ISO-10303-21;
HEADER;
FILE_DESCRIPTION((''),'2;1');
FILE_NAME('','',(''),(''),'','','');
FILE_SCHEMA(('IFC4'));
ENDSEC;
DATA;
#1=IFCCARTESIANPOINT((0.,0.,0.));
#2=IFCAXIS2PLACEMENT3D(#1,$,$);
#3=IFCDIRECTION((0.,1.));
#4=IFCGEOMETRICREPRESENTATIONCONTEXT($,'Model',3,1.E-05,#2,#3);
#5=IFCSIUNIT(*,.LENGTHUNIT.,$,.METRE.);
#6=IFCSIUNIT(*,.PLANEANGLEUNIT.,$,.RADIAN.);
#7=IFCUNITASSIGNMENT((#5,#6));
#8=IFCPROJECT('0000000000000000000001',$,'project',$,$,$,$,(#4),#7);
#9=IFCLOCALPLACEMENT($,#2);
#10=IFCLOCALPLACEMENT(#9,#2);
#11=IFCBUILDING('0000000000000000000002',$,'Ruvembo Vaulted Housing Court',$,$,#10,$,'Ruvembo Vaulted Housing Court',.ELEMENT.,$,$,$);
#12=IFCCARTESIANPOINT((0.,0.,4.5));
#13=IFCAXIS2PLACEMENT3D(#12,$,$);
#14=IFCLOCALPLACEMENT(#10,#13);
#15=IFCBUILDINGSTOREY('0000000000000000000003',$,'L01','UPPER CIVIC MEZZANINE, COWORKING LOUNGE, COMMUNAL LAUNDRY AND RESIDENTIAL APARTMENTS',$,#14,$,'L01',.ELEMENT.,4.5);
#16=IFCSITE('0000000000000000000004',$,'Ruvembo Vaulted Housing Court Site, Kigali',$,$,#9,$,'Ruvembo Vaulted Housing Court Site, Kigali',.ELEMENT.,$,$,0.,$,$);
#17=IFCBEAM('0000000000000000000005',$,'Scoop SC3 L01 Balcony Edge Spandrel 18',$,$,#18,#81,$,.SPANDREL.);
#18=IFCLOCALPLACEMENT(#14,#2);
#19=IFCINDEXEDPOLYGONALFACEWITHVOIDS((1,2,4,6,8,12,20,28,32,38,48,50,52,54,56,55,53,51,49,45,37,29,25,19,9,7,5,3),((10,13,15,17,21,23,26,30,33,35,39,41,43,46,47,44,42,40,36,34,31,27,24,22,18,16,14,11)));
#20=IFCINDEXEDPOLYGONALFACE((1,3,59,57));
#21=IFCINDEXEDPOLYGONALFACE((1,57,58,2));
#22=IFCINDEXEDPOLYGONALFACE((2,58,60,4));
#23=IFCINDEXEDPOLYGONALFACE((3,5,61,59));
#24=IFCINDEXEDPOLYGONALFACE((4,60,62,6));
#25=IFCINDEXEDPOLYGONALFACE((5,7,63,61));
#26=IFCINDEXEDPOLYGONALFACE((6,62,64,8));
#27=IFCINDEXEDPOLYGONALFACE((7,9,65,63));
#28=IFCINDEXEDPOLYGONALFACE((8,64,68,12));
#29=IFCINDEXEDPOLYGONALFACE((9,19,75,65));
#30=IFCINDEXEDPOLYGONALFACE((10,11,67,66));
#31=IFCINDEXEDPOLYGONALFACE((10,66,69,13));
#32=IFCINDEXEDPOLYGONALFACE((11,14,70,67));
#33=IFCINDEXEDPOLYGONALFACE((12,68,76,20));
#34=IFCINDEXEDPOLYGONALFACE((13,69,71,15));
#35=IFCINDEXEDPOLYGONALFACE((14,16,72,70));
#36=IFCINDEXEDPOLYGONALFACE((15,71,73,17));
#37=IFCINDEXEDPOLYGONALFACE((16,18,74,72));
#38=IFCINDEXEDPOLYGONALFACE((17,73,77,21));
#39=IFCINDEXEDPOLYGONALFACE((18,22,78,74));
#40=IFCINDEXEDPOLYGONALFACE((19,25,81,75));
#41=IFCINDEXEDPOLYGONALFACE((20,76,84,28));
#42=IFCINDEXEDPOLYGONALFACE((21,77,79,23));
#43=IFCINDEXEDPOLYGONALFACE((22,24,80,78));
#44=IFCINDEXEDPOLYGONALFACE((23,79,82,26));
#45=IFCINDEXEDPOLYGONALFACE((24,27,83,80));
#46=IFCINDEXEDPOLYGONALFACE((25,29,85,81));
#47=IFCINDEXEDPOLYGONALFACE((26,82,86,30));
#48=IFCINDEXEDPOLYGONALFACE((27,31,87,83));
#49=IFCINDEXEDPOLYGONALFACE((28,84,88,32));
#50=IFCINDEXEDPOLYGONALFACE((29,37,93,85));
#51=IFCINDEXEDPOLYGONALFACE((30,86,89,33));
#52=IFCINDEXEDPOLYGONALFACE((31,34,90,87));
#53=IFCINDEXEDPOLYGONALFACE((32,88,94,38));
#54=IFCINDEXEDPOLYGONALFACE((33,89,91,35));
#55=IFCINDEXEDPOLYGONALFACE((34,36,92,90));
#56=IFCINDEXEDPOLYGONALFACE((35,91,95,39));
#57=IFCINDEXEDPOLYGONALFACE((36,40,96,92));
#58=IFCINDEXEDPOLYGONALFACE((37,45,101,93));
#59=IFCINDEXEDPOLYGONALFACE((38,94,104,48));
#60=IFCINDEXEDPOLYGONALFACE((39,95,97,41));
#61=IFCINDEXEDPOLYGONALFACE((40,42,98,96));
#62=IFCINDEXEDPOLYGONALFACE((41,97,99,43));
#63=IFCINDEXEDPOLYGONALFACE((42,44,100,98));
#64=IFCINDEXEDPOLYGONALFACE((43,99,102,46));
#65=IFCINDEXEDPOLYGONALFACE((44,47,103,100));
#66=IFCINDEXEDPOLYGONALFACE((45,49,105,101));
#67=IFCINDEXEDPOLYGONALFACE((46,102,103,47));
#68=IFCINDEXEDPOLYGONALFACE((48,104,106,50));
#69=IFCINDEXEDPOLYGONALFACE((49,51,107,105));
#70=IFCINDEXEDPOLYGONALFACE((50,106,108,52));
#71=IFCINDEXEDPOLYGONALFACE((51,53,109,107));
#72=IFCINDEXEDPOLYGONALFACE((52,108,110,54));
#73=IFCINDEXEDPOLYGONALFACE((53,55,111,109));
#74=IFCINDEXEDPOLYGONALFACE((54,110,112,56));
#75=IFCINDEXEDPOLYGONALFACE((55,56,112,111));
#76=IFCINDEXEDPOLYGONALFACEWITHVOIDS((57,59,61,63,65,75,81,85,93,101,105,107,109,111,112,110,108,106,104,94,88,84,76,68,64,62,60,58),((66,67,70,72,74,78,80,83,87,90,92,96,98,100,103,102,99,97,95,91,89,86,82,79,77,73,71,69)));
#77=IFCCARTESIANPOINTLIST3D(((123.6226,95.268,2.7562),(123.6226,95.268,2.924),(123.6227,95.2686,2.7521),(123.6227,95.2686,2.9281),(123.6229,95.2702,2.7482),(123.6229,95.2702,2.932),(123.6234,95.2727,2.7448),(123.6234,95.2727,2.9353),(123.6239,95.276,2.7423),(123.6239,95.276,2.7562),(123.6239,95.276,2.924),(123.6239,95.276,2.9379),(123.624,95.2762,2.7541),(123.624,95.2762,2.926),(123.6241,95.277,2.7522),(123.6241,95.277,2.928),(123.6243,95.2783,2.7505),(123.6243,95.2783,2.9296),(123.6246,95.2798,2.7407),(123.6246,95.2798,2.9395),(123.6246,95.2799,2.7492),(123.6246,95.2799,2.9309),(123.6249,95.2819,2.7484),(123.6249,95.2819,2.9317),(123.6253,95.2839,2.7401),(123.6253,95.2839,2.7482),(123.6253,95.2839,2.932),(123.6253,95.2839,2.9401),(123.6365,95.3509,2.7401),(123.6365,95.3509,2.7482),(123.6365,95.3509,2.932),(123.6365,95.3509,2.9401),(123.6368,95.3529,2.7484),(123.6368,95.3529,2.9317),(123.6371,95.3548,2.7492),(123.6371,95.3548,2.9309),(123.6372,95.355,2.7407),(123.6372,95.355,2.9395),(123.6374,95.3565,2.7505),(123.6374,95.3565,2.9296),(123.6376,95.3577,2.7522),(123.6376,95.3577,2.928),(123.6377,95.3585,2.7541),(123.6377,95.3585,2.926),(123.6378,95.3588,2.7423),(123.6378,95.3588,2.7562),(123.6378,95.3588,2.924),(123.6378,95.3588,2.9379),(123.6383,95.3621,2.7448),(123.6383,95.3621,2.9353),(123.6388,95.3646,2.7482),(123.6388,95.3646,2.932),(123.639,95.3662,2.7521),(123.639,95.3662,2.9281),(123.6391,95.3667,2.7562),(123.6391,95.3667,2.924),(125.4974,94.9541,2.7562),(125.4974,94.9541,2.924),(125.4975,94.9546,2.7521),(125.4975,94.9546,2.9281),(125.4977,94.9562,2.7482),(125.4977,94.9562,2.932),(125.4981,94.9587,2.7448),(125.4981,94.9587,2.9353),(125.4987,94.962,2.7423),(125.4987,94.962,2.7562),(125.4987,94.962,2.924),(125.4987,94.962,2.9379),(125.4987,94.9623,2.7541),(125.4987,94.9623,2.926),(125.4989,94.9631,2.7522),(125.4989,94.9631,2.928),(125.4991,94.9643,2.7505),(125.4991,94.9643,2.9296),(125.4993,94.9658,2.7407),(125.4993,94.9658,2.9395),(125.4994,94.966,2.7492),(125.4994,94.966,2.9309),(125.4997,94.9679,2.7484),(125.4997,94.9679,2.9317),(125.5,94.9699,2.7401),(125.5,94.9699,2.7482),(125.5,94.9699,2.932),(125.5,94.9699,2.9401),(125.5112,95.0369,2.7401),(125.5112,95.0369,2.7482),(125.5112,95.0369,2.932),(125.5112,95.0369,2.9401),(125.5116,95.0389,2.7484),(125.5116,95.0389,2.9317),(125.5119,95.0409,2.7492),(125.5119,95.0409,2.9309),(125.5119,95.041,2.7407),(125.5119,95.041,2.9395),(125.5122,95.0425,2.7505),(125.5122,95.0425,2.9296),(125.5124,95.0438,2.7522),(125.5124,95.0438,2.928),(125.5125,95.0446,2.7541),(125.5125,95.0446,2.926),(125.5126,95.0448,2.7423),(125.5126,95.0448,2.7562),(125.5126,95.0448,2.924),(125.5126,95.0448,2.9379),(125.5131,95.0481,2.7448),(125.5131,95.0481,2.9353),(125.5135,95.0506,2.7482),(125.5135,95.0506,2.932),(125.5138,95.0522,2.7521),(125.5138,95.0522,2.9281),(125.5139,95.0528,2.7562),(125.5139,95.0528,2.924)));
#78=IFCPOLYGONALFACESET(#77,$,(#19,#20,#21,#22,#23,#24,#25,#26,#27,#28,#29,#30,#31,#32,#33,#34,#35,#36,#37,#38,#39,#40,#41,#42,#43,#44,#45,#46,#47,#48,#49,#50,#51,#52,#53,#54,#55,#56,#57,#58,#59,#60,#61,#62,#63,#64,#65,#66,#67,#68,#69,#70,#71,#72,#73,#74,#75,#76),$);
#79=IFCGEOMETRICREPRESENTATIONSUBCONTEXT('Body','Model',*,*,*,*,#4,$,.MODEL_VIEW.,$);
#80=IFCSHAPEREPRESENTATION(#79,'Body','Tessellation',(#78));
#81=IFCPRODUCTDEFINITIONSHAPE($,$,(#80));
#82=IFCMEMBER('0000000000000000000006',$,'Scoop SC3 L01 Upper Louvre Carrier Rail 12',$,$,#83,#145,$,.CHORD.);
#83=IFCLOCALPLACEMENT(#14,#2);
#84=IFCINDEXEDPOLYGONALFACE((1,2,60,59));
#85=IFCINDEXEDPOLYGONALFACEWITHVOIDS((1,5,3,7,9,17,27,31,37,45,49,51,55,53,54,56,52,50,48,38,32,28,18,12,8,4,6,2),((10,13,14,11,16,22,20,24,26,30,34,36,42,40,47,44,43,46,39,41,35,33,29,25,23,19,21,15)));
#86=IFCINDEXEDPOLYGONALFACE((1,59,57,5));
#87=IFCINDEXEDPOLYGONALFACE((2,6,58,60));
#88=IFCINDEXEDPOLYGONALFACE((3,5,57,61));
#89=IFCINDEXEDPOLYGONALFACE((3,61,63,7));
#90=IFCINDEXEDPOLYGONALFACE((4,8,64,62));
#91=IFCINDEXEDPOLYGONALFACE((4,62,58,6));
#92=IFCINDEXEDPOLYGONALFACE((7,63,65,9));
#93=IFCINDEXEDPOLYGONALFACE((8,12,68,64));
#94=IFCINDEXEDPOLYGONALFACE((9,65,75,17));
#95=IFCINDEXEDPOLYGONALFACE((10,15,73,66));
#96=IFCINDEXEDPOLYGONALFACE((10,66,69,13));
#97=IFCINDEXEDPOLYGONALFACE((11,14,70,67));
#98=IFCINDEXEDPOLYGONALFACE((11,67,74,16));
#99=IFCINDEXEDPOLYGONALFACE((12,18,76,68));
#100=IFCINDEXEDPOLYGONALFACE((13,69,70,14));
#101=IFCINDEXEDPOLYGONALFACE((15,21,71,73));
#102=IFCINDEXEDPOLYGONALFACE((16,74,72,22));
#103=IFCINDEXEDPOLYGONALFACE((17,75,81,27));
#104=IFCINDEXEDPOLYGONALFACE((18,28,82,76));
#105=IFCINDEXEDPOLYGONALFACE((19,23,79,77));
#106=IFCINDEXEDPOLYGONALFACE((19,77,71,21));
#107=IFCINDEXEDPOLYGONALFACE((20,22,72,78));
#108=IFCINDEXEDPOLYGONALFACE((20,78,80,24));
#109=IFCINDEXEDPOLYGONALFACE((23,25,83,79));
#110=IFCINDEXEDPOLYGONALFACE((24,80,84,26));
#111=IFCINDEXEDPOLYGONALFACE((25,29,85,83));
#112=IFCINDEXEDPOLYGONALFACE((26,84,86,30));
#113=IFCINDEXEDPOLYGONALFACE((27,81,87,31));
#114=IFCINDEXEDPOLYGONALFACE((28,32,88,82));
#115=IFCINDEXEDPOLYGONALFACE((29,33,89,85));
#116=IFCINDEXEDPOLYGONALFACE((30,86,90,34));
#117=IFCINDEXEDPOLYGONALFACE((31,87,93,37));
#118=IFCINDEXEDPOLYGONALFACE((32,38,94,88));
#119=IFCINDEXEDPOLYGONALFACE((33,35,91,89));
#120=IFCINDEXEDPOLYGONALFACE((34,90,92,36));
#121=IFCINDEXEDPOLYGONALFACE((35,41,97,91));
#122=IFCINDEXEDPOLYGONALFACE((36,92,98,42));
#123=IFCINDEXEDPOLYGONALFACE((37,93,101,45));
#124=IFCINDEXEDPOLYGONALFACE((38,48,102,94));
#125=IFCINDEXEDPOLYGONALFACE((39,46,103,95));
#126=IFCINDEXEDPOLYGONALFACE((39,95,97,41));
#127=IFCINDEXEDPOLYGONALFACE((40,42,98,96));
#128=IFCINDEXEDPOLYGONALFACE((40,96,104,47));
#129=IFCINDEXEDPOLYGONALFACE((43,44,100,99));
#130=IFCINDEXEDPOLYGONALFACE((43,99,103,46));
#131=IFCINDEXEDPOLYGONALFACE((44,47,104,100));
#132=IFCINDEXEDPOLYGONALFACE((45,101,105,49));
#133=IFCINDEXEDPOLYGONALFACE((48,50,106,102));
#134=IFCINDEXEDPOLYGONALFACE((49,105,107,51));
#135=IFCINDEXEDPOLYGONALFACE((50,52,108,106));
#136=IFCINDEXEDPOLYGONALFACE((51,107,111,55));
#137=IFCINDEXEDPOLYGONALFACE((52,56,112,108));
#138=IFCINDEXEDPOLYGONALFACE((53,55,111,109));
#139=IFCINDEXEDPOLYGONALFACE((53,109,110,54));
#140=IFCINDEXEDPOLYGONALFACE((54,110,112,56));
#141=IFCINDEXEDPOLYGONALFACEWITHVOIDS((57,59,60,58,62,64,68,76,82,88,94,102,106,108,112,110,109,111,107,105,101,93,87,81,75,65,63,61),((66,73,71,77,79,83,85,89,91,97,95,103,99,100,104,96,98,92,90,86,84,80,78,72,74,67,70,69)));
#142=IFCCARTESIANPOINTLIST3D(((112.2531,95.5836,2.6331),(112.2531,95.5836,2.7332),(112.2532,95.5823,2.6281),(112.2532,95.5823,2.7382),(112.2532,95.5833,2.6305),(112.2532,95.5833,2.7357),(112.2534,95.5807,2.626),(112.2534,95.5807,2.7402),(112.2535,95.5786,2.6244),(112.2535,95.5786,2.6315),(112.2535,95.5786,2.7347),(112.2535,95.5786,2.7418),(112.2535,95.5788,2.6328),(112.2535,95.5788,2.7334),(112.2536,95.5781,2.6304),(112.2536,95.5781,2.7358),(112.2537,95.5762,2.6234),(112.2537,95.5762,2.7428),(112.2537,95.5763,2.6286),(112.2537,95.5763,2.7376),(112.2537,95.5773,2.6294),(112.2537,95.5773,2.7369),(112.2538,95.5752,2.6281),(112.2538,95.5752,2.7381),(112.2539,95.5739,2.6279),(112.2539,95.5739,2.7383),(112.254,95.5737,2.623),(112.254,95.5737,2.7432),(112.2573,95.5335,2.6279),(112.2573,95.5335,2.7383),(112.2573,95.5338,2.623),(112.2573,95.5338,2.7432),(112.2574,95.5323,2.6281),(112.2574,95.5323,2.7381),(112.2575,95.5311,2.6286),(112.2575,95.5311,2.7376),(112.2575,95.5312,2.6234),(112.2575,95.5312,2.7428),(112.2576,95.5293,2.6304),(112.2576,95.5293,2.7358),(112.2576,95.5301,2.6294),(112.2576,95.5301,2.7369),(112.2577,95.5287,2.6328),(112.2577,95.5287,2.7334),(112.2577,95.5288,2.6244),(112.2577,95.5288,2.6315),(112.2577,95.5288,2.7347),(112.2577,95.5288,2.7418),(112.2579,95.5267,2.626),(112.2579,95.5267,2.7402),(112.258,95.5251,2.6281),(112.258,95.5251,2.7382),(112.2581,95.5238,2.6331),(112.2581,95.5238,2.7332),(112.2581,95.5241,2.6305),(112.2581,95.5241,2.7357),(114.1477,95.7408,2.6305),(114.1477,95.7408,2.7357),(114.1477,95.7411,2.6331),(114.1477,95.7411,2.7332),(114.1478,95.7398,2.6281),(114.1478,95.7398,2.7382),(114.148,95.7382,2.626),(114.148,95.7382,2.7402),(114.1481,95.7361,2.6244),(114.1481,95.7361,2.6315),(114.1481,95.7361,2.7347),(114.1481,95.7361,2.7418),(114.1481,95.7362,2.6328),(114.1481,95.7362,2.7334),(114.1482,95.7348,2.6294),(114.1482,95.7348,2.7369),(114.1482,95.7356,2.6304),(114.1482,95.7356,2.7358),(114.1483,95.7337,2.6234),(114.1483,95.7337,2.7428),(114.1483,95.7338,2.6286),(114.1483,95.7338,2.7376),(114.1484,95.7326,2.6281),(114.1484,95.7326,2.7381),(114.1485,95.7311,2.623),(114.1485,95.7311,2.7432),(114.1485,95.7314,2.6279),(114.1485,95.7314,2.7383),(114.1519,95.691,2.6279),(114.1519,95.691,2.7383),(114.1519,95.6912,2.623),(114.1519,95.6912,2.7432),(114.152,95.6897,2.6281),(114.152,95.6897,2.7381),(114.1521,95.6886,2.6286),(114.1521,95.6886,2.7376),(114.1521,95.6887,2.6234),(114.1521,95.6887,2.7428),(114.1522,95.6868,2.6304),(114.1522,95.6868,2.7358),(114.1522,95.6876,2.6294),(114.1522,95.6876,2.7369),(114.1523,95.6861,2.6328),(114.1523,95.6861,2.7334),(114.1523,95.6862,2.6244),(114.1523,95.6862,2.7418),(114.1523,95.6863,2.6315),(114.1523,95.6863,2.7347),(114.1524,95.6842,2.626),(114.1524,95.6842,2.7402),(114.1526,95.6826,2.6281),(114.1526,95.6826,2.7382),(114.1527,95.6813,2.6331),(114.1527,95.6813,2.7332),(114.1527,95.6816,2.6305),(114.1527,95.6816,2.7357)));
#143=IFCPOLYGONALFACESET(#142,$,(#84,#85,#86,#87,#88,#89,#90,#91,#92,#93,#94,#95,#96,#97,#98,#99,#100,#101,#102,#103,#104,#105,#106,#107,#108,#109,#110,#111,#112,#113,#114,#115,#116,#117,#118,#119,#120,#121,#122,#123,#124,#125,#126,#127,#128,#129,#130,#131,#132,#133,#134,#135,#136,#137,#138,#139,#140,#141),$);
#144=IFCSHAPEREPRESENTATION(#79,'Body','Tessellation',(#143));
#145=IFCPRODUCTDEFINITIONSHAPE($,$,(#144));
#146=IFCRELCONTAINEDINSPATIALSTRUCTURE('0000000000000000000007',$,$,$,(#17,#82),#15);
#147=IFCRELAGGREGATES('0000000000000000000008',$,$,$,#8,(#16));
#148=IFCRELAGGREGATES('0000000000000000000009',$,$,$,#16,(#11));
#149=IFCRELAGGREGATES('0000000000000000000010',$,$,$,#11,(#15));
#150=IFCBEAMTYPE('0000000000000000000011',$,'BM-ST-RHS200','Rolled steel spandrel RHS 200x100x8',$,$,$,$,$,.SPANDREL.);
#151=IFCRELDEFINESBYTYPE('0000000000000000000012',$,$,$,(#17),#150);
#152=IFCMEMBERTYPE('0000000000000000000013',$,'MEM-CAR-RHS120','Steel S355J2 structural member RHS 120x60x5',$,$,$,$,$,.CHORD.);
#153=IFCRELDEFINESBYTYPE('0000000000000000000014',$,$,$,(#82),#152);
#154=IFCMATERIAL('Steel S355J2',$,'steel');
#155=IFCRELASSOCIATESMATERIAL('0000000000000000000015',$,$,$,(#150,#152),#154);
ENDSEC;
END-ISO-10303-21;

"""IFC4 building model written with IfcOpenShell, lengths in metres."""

from ifc_helpers import new_model, si_unit, direction, frame, origin, origin_2d, place, context, subcontext, project, spatial, hollow_rectangle, extrude, material, material_profile, profile_set, type_object, element, save


model = new_model("IFC4")

# Units and contexts
model_context = context("Model", 3, precision=1e-05, world=origin(), true_north=direction((0.0, 1.0)))
body_context = subcontext(model_context, "Body", "Model", "MODEL_VIEW")
ifc_project = project(units=[si_unit("LENGTHUNIT", "METRE"), si_unit("PLANEANGLEUNIT", "RADIAN")], contexts=[model_context])

# Site, building, storey
site_placement = place(None, origin())
site = spatial("IfcSite", under=ifc_project, at=site_placement, Name="Ruvembo Vaulted Housing Court Site, Kigali", LongName="Ruvembo Vaulted Housing Court Site, Kigali", CompositionType="ELEMENT", RefElevation=0.0)
building_placement = place(site_placement, origin())
building = spatial("IfcBuilding", under=site, at=building_placement, Name="Ruvembo Vaulted Housing Court", LongName="Ruvembo Vaulted Housing Court", CompositionType="ELEMENT")
storey_placement = place(building_placement, frame((0.0, 0.0, 4.5)))
storey = spatial("IfcBuildingStorey", under=building, at=storey_placement, Name="L01", Description="UPPER CIVIC MEZZANINE, COWORKING LOUNGE, COMMUNAL LAUNDRY AND RESIDENTIAL APARTMENTS", LongName="L01", CompositionType="ELEMENT", Elevation=4.5)

# Beam
ifc_material_1 = material(Name="Steel S355J2", Category="steel")
ifc_material_profile_1 = material_profile(ifc_material_1, hollow_rectangle(XDim=0.1001, YDim=0.2, WallThickness=0.0081, InnerFilletRadius=0.0081, OuterFilletRadius=0.0161, at=origin_2d()), Name="RHS 200x100x8")
ifc_profile_set_1 = profile_set([ifc_material_profile_1], Name="Steel S355J2")
beam_type = type_object("IfcBeamType", Name="BM-ST-RHS200", Description="Rolled steel spandrel RHS 200x100x8", PredefinedType="SPANDREL", material=ifc_profile_set_1)
beam_placement = place(storey_placement, frame((123.6309, 95.3174, 2.8401), z_axis=(0.986265, -0.16517, 0.0), x_axis=(0.16517, 0.986265, 0.0)))
element("IfcBeam", 1, at=beam_placement, inside=storey, type_object=beam_type, Name="Scoop SC3 L01 Balcony Edge Spandrel 18", PredefinedType="SPANDREL", context=body_context, shape_type="SweptSolid", body=[
    extrude(hollow_rectangle(XDim=0.1001, YDim=0.2, WallThickness=0.0081, InnerFilletRadius=0.0081, OuterFilletRadius=0.0161, at=origin_2d()), origin(), (0.0, 0.0, 1.0), 1.9009),
])

# Member
ifc_material_profile_2 = material_profile(ifc_material_1, hollow_rectangle(XDim=0.0601, YDim=0.1201, WallThickness=0.0049, InnerFilletRadius=0.0049, OuterFilletRadius=0.01, at=origin_2d()), Name="RHS 120x60x5")
ifc_profile_set_2 = profile_set([ifc_material_profile_2], Name="Steel S355J2")
member_type_1 = type_object("IfcMemberType", Name="MEM-CAR-RHS120", Description="Steel S355J2 structural member RHS 120x60x5", PredefinedType="CHORD", material=ifc_profile_set_2)
for number, where, z_axis, x_axis, name in (
    (2, (112.2556, 95.5537, 2.6831), (0.996563, 0.082833, 0.0), (-0.082833, 0.996563, 0.0), "Scoop SC3 L01 Upper Louvre Carrier Rail 12"),
):
    element("IfcMember", number, at=place(storey_placement, frame(where, z_axis=z_axis, x_axis=x_axis)), inside=storey, type_object=member_type_1, Name=name, PredefinedType="CHORD", context=body_context, shape_type="SweptSolid", body=[
        extrude(hollow_rectangle(XDim=0.0601, YDim=0.1201, WallThickness=0.0049, InnerFilletRadius=0.0049, OuterFilletRadius=0.01, at=origin_2d()), origin(), (0.0, 0.0, 1.0), 1.9011),
    ])

save(model, "model.ifc")
